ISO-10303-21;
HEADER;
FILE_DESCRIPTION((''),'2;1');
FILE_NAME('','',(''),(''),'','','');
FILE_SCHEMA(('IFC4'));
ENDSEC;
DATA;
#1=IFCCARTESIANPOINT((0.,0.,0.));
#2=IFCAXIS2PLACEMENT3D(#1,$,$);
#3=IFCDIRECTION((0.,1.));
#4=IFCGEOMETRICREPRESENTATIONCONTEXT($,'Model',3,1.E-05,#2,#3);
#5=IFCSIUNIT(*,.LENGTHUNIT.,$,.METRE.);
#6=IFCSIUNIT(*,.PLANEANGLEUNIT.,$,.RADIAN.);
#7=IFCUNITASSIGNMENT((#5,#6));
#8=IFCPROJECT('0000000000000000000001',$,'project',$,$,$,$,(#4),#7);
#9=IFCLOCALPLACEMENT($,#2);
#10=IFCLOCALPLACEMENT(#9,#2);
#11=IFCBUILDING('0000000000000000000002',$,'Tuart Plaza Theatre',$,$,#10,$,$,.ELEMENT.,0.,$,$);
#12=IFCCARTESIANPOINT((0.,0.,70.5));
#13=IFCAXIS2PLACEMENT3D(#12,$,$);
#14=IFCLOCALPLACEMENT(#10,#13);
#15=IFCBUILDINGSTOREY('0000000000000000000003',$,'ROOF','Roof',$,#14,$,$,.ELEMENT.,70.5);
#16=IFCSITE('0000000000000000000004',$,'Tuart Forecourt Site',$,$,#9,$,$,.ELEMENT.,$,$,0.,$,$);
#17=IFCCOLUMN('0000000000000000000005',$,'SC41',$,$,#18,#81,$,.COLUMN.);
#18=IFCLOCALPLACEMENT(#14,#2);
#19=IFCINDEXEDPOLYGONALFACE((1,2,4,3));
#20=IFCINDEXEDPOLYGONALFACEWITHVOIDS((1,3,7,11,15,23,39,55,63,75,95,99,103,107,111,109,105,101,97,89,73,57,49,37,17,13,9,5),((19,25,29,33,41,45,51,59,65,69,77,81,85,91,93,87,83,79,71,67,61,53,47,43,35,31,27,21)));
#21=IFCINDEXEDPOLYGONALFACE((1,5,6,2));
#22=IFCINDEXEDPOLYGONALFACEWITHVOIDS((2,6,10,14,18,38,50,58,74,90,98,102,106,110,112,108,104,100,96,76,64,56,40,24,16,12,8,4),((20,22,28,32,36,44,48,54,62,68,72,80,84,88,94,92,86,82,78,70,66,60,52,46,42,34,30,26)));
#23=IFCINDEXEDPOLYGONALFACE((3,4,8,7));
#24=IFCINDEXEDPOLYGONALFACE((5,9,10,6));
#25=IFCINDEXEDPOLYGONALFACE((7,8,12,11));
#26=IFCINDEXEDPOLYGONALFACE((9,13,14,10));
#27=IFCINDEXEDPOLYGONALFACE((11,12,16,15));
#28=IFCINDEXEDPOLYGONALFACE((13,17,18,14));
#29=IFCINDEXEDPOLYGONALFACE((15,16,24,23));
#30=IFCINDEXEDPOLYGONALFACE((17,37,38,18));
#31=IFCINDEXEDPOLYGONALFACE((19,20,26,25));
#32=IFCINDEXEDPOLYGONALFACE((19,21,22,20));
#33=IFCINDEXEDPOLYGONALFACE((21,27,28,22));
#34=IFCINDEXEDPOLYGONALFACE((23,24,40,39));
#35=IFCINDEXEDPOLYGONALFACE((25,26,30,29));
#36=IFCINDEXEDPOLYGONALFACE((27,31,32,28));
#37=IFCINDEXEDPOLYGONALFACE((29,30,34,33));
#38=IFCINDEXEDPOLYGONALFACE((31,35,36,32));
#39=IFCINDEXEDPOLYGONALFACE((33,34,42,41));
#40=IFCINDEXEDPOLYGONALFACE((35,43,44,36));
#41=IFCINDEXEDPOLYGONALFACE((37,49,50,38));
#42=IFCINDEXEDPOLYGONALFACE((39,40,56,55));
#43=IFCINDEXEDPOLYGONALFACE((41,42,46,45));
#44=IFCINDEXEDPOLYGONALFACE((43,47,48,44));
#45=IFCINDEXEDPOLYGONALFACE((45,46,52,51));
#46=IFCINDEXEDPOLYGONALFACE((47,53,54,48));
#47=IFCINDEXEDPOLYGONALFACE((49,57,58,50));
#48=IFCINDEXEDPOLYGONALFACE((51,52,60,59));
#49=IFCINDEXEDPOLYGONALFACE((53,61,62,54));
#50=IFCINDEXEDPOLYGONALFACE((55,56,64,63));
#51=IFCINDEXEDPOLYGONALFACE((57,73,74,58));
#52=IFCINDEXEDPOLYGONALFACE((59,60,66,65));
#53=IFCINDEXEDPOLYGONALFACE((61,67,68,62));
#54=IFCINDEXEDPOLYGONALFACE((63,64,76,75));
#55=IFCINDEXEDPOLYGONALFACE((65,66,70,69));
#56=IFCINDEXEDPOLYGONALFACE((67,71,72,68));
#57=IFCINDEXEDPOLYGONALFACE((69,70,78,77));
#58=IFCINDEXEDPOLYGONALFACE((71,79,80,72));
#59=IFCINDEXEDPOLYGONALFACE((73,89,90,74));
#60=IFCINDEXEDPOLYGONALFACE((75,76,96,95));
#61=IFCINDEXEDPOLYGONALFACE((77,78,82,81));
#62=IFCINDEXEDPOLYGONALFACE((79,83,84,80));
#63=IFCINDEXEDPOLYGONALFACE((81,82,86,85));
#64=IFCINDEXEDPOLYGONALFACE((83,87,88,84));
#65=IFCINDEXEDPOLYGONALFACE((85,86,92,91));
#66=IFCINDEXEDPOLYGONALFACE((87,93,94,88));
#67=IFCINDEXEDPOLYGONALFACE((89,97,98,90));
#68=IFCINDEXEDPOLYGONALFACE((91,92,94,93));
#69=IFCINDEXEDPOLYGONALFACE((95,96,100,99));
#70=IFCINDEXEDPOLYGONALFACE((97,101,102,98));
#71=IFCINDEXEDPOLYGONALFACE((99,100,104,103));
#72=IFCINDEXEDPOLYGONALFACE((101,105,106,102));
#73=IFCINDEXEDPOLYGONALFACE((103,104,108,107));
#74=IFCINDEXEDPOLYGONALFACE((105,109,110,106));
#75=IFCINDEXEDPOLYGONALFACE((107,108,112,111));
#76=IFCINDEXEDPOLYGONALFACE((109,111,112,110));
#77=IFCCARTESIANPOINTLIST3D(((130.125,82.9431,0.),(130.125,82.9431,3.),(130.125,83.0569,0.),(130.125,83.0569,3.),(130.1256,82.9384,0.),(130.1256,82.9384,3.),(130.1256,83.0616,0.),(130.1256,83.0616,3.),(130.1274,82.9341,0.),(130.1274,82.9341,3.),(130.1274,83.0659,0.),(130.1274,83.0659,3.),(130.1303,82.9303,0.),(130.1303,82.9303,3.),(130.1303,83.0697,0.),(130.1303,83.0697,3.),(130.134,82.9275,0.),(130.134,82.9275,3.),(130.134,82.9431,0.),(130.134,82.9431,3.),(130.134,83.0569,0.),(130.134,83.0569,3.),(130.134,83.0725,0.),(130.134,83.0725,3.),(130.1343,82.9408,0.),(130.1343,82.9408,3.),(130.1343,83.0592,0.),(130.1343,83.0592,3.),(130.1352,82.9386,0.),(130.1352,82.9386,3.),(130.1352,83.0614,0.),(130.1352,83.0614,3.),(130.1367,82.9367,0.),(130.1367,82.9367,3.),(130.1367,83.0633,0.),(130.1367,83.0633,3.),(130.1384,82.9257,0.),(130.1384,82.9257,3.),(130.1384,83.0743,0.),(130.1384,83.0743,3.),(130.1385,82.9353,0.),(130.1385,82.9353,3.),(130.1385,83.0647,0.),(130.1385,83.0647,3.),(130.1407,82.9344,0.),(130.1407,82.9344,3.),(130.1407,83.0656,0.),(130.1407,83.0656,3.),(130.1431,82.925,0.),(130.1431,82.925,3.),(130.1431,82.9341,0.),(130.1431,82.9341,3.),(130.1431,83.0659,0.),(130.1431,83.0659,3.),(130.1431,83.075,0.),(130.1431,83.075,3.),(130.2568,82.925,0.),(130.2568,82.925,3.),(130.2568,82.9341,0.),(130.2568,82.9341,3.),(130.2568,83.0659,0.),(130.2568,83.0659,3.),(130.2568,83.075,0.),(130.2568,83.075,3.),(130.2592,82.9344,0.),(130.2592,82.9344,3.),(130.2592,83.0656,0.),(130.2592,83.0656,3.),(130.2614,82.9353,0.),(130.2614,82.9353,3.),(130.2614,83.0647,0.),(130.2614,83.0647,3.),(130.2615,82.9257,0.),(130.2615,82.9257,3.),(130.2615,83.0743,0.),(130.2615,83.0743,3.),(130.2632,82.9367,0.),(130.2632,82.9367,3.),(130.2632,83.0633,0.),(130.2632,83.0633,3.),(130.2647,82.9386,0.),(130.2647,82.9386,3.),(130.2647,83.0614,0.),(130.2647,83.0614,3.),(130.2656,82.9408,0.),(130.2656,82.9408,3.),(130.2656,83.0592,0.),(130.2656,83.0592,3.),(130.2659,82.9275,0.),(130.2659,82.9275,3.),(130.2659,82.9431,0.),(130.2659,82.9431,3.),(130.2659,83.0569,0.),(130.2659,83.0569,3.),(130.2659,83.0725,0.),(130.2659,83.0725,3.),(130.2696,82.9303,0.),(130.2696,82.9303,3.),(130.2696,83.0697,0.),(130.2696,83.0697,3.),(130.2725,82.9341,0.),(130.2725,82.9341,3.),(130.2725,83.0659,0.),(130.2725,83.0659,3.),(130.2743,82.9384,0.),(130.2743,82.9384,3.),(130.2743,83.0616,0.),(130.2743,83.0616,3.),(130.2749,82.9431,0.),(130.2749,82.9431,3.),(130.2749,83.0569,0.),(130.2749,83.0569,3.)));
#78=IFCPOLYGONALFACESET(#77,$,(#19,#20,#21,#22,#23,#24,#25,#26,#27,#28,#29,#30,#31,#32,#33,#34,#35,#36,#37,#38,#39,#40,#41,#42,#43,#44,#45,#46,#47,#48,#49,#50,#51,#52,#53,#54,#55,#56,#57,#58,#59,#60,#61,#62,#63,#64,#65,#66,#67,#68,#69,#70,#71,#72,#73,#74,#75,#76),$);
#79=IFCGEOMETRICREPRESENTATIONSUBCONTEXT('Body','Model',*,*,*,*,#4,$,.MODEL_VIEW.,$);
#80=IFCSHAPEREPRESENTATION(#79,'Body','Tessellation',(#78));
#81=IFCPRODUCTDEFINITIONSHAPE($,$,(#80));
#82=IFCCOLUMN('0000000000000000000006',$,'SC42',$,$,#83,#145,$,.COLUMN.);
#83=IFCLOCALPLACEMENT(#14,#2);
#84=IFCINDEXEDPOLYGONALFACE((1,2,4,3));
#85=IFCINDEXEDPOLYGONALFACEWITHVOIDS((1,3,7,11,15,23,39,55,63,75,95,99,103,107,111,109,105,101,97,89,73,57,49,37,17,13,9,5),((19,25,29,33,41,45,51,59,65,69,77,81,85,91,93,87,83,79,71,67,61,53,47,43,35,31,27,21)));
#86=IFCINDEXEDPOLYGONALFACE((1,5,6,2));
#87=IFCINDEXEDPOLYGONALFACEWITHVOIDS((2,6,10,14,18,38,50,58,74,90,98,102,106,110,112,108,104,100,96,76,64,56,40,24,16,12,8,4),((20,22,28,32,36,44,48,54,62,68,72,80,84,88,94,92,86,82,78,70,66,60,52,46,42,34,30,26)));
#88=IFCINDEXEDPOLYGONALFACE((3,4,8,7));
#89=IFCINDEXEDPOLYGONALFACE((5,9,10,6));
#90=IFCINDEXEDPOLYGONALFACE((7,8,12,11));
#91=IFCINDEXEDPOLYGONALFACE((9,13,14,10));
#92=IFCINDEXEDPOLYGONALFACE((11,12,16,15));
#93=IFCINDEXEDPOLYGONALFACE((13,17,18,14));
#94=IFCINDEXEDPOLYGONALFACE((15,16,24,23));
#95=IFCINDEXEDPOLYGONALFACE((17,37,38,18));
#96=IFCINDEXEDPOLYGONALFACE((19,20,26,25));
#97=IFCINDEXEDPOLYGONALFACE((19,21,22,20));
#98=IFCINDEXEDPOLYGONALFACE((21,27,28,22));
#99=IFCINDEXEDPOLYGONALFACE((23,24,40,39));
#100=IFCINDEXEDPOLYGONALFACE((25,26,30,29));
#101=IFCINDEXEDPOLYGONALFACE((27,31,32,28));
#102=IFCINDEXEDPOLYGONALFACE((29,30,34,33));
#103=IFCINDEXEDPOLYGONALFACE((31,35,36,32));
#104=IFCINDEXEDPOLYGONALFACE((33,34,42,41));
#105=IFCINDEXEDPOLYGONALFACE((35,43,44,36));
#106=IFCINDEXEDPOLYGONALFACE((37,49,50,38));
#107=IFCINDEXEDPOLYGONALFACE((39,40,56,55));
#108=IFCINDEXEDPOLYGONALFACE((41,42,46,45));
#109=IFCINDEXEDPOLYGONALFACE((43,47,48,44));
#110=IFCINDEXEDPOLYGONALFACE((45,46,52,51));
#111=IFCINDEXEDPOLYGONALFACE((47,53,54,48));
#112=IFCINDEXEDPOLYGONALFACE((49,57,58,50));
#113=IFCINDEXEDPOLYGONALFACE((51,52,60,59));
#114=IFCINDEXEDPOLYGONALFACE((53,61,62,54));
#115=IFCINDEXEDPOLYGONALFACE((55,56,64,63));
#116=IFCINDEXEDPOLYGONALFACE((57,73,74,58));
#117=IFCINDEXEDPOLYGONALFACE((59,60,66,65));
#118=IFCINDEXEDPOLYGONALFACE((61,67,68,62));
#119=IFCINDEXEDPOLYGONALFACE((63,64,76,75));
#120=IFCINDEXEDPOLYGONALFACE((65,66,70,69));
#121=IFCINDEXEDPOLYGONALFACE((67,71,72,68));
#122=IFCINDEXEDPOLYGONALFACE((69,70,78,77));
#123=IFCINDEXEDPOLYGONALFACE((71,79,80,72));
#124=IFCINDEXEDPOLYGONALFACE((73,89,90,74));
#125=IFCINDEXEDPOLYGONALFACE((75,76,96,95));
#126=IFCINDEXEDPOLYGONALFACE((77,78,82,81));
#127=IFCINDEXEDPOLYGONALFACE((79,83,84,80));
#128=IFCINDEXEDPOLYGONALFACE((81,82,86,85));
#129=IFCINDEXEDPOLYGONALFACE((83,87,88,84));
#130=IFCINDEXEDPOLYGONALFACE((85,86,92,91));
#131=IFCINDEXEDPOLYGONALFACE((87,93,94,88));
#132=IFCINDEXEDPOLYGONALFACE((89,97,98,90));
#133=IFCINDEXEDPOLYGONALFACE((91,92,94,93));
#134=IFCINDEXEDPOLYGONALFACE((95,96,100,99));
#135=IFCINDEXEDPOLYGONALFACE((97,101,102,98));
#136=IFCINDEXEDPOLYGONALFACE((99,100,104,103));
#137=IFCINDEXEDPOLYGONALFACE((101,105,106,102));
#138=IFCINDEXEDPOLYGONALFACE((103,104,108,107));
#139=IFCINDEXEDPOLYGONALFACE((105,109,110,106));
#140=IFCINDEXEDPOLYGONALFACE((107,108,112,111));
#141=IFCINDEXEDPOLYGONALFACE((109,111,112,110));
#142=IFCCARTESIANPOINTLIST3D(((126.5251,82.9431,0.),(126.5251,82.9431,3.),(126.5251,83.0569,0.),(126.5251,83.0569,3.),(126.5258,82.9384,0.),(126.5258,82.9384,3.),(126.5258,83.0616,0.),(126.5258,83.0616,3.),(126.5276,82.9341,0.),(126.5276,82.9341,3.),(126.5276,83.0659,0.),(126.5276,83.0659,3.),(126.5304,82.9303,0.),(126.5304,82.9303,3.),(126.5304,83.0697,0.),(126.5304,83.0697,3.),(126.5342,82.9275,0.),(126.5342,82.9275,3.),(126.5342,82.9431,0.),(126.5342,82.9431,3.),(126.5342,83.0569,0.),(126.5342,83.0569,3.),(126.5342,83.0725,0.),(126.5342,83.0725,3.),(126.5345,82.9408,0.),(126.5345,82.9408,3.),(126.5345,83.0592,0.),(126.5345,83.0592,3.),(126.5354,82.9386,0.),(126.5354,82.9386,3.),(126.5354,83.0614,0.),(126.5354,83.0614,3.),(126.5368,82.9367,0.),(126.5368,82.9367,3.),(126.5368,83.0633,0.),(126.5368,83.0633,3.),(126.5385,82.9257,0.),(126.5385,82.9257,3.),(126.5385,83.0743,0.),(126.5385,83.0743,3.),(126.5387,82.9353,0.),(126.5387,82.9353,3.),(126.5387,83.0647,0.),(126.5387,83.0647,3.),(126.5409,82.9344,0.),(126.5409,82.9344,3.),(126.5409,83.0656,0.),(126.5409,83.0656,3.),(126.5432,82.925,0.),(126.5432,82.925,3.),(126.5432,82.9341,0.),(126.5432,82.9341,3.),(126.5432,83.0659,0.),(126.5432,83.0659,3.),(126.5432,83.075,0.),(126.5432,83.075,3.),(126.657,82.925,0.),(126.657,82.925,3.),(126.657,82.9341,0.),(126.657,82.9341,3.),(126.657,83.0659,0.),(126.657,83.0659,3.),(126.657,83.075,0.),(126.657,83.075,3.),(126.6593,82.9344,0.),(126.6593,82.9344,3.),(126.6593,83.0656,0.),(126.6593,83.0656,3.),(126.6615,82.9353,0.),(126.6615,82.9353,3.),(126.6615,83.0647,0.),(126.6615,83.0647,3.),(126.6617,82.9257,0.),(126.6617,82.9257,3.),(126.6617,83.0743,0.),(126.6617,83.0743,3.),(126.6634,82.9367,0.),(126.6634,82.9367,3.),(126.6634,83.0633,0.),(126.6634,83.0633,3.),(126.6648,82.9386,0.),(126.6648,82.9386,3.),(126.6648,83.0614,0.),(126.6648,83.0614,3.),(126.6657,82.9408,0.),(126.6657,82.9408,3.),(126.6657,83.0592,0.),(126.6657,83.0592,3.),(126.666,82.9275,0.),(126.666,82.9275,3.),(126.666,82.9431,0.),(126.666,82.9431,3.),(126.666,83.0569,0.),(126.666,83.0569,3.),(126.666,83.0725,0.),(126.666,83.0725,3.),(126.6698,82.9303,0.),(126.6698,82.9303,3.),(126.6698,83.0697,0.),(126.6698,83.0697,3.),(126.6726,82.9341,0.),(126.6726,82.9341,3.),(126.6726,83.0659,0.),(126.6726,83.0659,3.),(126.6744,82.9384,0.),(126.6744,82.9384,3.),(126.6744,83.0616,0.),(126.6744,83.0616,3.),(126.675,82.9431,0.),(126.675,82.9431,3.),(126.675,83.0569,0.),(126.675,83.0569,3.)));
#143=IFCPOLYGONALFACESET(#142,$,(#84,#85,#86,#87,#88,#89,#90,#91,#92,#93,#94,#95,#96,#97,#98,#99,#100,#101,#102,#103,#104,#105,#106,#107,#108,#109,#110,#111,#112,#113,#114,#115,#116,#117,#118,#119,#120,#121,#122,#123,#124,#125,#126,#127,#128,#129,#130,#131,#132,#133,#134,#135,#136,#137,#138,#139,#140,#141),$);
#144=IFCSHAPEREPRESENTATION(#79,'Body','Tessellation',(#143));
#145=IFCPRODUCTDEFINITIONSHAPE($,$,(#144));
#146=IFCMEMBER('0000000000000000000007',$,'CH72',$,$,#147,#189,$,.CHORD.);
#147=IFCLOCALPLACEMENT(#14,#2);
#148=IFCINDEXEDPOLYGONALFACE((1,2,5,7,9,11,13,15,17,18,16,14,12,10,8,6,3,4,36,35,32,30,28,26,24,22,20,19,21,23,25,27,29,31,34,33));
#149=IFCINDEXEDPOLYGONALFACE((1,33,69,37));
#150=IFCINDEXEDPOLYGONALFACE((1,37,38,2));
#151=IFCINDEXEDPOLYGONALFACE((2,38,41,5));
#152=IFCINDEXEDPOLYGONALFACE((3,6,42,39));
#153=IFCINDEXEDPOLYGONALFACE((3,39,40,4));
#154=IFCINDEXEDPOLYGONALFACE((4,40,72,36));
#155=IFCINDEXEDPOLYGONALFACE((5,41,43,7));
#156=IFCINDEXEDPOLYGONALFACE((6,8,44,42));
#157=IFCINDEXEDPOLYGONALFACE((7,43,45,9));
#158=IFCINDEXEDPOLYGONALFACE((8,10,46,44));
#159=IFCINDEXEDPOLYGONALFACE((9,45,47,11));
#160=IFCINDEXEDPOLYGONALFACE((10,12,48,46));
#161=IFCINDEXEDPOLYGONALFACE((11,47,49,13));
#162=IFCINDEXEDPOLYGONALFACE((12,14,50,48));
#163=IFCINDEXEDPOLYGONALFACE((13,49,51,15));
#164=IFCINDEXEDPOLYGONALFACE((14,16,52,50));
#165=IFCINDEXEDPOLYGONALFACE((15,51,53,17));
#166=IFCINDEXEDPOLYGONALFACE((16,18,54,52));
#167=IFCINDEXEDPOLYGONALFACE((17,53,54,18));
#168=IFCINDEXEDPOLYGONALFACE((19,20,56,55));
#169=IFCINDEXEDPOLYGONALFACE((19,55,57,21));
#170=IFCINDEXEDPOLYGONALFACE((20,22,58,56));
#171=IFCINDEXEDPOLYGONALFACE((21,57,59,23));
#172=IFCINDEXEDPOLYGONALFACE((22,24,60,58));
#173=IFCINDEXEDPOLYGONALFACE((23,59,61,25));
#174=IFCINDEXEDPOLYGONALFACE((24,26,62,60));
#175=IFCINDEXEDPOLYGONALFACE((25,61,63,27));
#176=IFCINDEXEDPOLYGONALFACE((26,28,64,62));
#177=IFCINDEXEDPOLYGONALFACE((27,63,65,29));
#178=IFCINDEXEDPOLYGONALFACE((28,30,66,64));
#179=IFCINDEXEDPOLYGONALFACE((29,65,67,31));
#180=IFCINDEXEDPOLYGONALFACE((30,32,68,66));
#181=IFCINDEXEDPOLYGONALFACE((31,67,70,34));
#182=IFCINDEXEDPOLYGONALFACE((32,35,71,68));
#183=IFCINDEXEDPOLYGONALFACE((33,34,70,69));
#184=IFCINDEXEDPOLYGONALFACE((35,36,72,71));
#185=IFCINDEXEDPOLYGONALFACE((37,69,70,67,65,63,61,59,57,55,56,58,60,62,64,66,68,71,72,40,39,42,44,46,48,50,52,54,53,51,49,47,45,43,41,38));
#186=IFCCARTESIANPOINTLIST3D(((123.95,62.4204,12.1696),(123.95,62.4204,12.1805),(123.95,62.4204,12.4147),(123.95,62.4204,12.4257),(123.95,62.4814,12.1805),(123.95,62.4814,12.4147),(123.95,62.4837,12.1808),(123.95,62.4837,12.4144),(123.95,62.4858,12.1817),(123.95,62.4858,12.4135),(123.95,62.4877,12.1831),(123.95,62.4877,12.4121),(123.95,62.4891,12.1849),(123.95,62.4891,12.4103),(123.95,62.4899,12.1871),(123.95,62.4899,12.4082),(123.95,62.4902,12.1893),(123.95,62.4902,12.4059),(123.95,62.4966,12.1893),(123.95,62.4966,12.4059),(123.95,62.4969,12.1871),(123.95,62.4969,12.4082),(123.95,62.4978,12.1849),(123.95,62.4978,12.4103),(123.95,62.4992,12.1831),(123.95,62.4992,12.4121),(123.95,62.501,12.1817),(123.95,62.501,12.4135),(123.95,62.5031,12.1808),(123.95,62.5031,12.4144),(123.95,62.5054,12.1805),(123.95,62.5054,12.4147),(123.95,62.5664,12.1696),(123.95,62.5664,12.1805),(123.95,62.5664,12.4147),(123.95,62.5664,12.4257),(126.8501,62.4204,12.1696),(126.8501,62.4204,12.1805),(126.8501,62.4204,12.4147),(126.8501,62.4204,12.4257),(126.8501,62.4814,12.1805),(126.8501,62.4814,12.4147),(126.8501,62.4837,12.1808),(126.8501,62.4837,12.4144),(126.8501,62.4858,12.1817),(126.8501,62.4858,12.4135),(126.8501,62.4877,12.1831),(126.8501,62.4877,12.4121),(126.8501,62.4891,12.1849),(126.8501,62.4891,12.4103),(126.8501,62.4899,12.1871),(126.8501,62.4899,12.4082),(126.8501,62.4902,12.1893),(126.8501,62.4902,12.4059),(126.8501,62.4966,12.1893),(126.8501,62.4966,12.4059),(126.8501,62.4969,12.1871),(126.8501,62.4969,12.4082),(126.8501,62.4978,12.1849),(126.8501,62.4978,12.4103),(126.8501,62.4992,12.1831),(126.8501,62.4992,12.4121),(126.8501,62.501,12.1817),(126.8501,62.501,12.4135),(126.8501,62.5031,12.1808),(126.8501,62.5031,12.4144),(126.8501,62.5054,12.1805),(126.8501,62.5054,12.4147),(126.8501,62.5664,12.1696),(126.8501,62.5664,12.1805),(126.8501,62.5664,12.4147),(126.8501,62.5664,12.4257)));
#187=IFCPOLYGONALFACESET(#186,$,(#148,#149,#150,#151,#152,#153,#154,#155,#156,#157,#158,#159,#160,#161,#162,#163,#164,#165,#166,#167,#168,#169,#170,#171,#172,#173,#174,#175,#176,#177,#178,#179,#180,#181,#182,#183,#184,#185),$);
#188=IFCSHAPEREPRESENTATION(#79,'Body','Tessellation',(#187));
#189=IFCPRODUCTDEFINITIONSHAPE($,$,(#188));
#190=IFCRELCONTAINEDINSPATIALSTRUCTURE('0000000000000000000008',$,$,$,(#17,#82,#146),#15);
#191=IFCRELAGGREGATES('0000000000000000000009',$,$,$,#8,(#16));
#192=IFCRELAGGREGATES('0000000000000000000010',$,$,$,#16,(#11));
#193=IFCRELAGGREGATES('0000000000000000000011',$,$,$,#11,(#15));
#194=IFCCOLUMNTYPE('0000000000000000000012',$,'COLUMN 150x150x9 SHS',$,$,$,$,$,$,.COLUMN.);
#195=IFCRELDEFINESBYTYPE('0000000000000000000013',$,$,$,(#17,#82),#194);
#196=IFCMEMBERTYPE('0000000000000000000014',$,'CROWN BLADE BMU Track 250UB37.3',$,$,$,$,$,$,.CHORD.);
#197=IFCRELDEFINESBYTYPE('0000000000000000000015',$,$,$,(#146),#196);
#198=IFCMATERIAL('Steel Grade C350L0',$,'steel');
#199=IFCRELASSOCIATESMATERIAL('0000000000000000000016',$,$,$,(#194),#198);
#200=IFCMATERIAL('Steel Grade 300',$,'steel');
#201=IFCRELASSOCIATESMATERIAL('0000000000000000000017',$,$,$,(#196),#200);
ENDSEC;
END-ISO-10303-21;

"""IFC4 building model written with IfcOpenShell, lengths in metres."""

from ifc_helpers import new_model, si_unit, direction, frame, origin, origin_2d, place, context, subcontext, project, spatial, hollow_rectangle, i_section, extrude, material, material_profile, profile_set, type_object, element, save


model = new_model("IFC4")

# Units and contexts
model_context = context("Model", 3, precision=1e-05, world=origin(), true_north=direction((0.0, 1.0)))
body_context = subcontext(model_context, "Body", "Model", "MODEL_VIEW")
ifc_project = project(units=[si_unit("LENGTHUNIT", "METRE"), si_unit("PLANEANGLEUNIT", "RADIAN")], contexts=[model_context])

# Site, building, storey
site_placement = place(None, origin())
site = spatial("IfcSite", under=ifc_project, at=site_placement, Name="Tuart Forecourt Site", CompositionType="ELEMENT", RefElevation=0.0)
building_placement = place(site_placement, origin())
building = spatial("IfcBuilding", under=site, at=building_placement, Name="Tuart Plaza Theatre", CompositionType="ELEMENT", ElevationOfRefHeight=0.0)
storey_placement = place(building_placement, frame((0.0, 0.0, 70.5)))
storey = spatial("IfcBuildingStorey", under=building, at=storey_placement, Name="ROOF", Description="Roof", CompositionType="ELEMENT", Elevation=70.5)

# Columns
ifc_material_1 = material(Name="Steel Grade C350L0", Category="steel")
ifc_material_profile_1 = material_profile(ifc_material_1, hollow_rectangle(XDim=0.1499, YDim=0.1499, WallThickness=0.009, InnerFilletRadius=0.009, OuterFilletRadius=0.0181, at=origin_2d()), Name="150x150x9 SHS")
ifc_profile_set_1 = profile_set([ifc_material_profile_1], Name="Steel Grade C350L0")
column_type = type_object("IfcColumnType", Name="COLUMN 150x150x9 SHS", PredefinedType="COLUMN", material=ifc_profile_set_1)
for number, where, z_axis, x_axis, name in (
    (1, (130.2, 83.0, 0.0), (0.0, 0.0, 1.0), (1.0, 0.0, 0.0), "SC41"),
    (2, (126.6001, 83.0, 0.0), (0.0, 0.0, 1.0), (1.0, 0.0, 0.0), "SC42"),
):
    element("IfcColumn", number, at=place(storey_placement, frame(where, z_axis=z_axis, x_axis=x_axis)), inside=storey, type_object=column_type, Name=name, PredefinedType="COLUMN", context=body_context, shape_type="SweptSolid", body=[
        extrude(hollow_rectangle(XDim=0.1499, YDim=0.1499, WallThickness=0.009, InnerFilletRadius=0.009, OuterFilletRadius=0.0181, at=origin_2d()), origin(), (0.0, 0.0, 1.0), 3.0),
    ])

# Member
ifc_material_2 = material(Name="Steel Grade 300", Category="steel")
ifc_material_profile_2 = material_profile(ifc_material_2, i_section(OverallWidth=0.146, OverallDepth=0.2561, WebThickness=0.0063, FlangeThickness=0.011, FilletRadius=0.0088, at=origin_2d()), Name="250UB37.3")
ifc_profile_set_2 = profile_set([ifc_material_profile_2], Name="Steel Grade 300")
member_type_1 = type_object("IfcMemberType", Name="CROWN BLADE BMU Track 250UB37.3", PredefinedType="CHORD", material=ifc_profile_set_2)
member_1_placement = place(storey_placement, frame((123.95, 62.4934, 12.2976), z_axis=(1.0, 0.0, 0.0), x_axis=(0.0, 1.0, 0.0)))
element("IfcMember", 3, at=member_1_placement, inside=storey, type_object=member_type_1, Name="CH72", PredefinedType="CHORD", context=body_context, shape_type="SweptSolid", body=[
    extrude(i_section(OverallWidth=0.146, OverallDepth=0.2561, WebThickness=0.0063, FlangeThickness=0.011, FilletRadius=0.0088, at=origin_2d()), origin(), (0.0, 0.0, 1.0), 2.9001),
])

save(model, "model.ifc")
